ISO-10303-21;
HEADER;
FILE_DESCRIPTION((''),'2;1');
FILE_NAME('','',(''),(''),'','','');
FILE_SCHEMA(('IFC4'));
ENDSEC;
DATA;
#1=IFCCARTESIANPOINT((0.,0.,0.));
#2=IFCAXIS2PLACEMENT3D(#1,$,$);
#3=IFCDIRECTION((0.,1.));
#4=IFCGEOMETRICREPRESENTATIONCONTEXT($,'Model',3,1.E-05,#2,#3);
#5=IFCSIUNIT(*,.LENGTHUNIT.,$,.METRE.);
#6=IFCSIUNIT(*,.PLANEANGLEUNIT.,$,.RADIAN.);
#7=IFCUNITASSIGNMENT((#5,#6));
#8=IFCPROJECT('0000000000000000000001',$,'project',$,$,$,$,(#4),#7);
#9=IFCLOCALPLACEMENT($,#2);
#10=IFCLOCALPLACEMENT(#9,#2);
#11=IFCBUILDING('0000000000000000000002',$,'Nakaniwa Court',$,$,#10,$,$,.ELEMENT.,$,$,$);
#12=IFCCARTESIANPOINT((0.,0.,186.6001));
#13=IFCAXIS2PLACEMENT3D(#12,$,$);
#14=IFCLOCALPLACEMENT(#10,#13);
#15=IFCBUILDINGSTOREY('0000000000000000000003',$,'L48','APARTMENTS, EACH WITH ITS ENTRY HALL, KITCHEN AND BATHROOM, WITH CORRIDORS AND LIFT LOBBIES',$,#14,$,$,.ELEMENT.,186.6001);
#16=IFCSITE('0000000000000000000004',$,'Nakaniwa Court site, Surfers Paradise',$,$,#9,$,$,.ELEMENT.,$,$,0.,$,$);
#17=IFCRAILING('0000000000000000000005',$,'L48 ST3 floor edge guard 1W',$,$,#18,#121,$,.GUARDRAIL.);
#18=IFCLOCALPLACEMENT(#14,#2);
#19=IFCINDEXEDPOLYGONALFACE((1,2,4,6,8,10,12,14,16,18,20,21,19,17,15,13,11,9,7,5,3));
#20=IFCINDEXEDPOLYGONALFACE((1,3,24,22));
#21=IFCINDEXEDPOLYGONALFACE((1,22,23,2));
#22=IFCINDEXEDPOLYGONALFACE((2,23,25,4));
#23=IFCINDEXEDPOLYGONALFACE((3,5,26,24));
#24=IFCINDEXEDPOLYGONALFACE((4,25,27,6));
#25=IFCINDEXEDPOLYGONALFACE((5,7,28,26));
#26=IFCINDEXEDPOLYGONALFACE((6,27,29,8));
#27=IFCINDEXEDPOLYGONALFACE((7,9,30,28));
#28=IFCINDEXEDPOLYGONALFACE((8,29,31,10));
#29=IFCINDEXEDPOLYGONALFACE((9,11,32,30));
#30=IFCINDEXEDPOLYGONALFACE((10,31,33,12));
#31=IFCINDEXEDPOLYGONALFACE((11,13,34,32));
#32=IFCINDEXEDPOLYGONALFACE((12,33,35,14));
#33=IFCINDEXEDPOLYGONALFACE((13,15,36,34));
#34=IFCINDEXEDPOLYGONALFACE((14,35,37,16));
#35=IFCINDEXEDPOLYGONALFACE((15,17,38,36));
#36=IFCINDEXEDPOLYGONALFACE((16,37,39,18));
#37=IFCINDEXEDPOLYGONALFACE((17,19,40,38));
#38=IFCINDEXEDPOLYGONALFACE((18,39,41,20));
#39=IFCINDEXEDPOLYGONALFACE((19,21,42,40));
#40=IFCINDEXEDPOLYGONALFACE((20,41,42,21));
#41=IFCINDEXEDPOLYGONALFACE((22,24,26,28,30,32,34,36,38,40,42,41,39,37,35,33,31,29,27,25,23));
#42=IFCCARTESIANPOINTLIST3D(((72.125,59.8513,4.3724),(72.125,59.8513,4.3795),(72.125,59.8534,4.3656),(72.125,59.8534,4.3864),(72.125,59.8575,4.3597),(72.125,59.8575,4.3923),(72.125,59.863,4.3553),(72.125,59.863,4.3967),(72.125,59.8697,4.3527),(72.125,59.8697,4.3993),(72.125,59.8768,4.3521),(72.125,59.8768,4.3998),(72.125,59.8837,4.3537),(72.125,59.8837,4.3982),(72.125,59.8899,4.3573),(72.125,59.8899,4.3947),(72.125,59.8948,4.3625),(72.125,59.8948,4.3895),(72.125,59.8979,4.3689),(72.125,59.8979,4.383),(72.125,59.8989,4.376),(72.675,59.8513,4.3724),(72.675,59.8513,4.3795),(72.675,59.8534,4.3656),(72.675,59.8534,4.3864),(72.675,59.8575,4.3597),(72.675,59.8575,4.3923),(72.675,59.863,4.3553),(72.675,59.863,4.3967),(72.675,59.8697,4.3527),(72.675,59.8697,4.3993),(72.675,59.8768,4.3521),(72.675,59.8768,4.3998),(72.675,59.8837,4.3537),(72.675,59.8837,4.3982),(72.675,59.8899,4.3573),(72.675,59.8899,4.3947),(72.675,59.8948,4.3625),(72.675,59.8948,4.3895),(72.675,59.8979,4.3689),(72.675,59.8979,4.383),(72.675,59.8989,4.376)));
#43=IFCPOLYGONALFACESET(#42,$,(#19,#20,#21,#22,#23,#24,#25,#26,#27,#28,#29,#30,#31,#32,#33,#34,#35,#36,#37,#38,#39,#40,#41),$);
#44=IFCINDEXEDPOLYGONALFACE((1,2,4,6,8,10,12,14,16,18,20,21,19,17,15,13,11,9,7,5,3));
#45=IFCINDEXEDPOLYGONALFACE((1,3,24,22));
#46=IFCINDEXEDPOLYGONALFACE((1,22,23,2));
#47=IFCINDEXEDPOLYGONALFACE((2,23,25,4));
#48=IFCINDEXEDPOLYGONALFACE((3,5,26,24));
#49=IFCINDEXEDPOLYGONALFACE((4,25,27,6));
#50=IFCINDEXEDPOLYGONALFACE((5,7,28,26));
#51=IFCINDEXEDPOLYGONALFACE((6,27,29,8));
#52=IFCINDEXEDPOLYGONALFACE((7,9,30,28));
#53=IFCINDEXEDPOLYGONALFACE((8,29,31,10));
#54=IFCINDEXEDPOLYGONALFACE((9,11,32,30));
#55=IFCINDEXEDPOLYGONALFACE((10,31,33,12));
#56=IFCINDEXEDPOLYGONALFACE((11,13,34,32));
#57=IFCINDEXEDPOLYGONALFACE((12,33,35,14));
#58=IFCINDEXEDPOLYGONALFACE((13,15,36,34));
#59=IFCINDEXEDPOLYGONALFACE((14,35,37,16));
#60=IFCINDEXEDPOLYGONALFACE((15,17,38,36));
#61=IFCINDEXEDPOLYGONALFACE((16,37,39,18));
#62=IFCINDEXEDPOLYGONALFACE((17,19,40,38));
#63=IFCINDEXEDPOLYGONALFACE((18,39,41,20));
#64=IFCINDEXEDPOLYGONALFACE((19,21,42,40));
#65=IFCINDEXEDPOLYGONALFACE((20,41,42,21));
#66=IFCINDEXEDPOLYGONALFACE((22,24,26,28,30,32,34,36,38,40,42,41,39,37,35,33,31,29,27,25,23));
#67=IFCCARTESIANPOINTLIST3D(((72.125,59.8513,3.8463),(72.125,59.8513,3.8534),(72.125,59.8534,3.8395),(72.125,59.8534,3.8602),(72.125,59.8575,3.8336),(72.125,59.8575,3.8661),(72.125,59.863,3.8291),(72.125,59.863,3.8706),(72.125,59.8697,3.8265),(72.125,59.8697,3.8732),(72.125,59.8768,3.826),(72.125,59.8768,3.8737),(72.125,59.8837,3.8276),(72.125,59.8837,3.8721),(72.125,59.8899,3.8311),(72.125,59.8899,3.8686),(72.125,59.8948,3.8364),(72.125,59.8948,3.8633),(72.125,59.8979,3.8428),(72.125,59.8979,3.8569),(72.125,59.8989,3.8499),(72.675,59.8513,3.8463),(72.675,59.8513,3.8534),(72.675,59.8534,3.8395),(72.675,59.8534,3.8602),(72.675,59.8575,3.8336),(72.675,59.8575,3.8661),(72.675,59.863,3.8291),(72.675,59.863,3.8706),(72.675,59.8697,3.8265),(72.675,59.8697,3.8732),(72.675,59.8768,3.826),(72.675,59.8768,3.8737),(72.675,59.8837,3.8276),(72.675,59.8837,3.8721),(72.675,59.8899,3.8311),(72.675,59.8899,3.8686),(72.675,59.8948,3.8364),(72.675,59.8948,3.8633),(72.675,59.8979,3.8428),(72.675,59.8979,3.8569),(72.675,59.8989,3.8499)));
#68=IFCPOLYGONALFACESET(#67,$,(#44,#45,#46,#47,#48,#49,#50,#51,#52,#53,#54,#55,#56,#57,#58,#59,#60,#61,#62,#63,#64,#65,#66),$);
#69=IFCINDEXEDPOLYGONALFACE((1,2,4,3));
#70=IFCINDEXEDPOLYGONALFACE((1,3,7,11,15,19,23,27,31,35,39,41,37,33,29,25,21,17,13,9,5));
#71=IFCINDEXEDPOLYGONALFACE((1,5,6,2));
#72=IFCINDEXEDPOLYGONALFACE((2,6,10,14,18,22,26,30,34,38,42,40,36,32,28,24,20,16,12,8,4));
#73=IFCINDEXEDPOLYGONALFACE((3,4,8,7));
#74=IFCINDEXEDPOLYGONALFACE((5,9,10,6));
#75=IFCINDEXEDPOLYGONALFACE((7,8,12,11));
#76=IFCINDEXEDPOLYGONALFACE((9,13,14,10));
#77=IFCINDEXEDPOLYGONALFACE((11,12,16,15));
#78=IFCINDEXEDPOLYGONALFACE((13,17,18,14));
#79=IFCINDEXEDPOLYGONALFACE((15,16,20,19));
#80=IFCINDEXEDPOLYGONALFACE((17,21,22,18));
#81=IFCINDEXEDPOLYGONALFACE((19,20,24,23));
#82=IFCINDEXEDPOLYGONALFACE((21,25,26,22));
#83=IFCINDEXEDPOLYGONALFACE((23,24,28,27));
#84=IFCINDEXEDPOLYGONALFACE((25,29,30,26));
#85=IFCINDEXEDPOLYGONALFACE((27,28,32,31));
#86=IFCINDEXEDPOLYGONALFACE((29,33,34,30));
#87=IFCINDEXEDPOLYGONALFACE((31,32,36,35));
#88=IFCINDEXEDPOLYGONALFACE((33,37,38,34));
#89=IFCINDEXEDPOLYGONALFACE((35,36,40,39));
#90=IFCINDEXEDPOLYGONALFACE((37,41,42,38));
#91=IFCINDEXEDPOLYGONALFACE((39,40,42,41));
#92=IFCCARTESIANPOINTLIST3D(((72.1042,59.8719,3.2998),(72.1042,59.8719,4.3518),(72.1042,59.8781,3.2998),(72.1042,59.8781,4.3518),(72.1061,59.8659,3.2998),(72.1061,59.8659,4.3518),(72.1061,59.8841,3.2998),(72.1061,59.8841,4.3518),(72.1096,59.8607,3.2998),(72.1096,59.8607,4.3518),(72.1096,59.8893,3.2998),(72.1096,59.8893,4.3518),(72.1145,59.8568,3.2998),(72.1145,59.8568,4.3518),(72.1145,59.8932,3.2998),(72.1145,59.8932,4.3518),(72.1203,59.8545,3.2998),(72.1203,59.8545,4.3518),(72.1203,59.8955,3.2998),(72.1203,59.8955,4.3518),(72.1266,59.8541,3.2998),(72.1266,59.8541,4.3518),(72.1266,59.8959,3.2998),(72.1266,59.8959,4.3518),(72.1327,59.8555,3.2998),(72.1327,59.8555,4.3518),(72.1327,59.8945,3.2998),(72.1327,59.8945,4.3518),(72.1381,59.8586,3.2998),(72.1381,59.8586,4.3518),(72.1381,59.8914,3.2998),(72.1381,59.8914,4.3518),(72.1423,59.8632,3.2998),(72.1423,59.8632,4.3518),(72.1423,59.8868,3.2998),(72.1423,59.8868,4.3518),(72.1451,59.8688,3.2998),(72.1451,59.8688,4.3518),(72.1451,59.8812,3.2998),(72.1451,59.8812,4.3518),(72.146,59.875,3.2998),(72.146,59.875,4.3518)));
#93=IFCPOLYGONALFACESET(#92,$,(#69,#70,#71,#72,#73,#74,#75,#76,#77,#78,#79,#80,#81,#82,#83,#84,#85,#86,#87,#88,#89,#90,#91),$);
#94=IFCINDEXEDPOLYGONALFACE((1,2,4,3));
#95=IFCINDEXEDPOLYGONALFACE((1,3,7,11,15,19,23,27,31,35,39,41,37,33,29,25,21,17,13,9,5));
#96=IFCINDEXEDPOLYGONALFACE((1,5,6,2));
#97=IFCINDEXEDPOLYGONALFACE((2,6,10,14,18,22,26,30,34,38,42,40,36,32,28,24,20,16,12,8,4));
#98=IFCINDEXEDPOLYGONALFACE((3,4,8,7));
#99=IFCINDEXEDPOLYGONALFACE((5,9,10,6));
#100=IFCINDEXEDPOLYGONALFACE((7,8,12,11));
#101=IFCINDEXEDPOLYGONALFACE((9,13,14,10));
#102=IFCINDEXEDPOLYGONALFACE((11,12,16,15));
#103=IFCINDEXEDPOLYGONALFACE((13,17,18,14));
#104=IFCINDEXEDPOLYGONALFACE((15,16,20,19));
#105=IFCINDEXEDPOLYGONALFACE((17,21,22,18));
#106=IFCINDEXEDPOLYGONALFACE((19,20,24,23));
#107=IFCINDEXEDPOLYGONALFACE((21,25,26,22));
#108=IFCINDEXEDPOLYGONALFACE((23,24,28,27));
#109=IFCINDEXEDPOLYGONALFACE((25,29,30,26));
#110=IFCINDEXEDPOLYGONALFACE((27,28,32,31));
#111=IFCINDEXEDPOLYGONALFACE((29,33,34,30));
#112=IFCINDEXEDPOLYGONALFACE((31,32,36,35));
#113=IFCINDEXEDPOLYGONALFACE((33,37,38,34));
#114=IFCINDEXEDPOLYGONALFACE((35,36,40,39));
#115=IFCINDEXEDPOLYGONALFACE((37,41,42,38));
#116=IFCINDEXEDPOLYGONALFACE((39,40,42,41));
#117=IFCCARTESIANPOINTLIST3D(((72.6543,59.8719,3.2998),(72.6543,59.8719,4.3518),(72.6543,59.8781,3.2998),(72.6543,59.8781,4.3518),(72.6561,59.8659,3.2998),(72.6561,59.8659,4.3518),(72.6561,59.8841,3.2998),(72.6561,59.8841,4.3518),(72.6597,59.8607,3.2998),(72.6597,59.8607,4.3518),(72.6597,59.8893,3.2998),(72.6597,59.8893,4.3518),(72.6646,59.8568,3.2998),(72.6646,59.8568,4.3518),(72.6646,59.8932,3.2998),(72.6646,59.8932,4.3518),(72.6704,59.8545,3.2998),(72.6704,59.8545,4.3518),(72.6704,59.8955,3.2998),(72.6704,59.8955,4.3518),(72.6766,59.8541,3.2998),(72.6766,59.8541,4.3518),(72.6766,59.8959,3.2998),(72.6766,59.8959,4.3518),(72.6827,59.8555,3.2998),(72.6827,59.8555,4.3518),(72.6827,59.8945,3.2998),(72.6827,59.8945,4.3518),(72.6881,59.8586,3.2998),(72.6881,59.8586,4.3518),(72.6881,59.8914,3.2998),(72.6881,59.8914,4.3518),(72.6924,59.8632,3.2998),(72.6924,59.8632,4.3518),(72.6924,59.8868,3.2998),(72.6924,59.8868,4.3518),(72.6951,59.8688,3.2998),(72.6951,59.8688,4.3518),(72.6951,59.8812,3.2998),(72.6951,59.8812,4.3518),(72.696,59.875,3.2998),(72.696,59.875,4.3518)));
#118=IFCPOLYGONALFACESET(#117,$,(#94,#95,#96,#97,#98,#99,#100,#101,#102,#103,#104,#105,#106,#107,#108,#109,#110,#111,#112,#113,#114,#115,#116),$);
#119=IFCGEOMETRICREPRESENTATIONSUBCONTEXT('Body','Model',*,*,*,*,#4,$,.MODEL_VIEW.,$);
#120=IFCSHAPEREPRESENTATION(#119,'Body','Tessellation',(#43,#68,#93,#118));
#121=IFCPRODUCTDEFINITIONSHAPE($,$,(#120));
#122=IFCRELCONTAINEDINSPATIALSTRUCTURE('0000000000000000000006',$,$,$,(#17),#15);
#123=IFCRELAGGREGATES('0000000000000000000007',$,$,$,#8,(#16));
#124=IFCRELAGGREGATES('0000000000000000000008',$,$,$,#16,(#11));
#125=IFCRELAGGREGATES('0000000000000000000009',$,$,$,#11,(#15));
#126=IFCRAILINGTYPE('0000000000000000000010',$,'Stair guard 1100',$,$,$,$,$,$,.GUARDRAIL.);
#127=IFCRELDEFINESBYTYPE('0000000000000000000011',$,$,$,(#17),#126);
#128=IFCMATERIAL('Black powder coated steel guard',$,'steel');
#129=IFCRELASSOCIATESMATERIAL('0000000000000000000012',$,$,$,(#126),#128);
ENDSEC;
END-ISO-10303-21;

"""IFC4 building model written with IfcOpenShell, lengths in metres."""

from ifc_helpers import new_model, si_unit, direction, frame, origin, origin_2d, place, context, subcontext, project, spatial, circle, extrude, material, type_object, element, save


model = new_model("IFC4")

# Units and contexts
model_context = context("Model", 3, precision=1e-05, world=origin(), true_north=direction((0.0, 1.0)))
body_context = subcontext(model_context, "Body", "Model", "MODEL_VIEW")
ifc_project = project(units=[si_unit("LENGTHUNIT", "METRE"), si_unit("PLANEANGLEUNIT", "RADIAN")], contexts=[model_context])

# Site, building, storey
site_placement = place(None, origin())
site = spatial("IfcSite", under=ifc_project, at=site_placement, Name="Nakaniwa Court site, Surfers Paradise", CompositionType="ELEMENT", RefElevation=0.0)
building_placement = place(site_placement, origin())
building = spatial("IfcBuilding", under=site, at=building_placement, Name="Nakaniwa Court", CompositionType="ELEMENT")
storey_placement = place(building_placement, frame((0.0, 0.0, 186.6001)))
storey = spatial("IfcBuildingStorey", under=building, at=storey_placement, Name="L48", Description="APARTMENTS, EACH WITH ITS ENTRY HALL, KITCHEN AND BATHROOM, WITH CORRIDORS AND LIFT LOBBIES", CompositionType="ELEMENT", Elevation=186.6001)

# Railing
ifc_material_1 = material(Name="Black powder coated steel guard", Category="steel")
railing_type_1 = type_object("IfcRailingType", Name="Stair guard 1100", PredefinedType="GUARDRAIL", material=ifc_material_1)
for number, where, name in (
    (1, (72.125, 59.875, 3.2998), "L48 ST3 floor edge guard 1W"),
):
    element("IfcRailing", number, at=place(storey_placement, frame(where)), inside=storey, type_object=railing_type_1, Name=name, PredefinedType="GUARDRAIL", context=body_context, shape_type="SweptSolid", body=[
        extrude(circle(Radius=0.0239, at=origin_2d()), frame((0.0, 0.0, 1.0762), z_axis=(1.0, 0.0, 0.0), x_axis=(0.0, 1.0, 0.0)), (0.0, 0.0, 1.0), 0.55),
        extrude(circle(Radius=0.0239, at=origin_2d()), frame((0.0, 0.0, 0.55), z_axis=(1.0, 0.0, 0.0), x_axis=(0.0, 1.0, 0.0)), (0.0, 0.0, 1.0), 0.55),
        extrude(circle(Radius=0.021, at=origin_2d()), origin(), (0.0, 0.0, 1.0), 1.052),
        extrude(circle(Radius=0.021, at=origin_2d()), frame((0.55, 0.0, 0.0)), (0.0, 0.0, 1.0), 1.052),
    ])

save(model, "model.ifc")
